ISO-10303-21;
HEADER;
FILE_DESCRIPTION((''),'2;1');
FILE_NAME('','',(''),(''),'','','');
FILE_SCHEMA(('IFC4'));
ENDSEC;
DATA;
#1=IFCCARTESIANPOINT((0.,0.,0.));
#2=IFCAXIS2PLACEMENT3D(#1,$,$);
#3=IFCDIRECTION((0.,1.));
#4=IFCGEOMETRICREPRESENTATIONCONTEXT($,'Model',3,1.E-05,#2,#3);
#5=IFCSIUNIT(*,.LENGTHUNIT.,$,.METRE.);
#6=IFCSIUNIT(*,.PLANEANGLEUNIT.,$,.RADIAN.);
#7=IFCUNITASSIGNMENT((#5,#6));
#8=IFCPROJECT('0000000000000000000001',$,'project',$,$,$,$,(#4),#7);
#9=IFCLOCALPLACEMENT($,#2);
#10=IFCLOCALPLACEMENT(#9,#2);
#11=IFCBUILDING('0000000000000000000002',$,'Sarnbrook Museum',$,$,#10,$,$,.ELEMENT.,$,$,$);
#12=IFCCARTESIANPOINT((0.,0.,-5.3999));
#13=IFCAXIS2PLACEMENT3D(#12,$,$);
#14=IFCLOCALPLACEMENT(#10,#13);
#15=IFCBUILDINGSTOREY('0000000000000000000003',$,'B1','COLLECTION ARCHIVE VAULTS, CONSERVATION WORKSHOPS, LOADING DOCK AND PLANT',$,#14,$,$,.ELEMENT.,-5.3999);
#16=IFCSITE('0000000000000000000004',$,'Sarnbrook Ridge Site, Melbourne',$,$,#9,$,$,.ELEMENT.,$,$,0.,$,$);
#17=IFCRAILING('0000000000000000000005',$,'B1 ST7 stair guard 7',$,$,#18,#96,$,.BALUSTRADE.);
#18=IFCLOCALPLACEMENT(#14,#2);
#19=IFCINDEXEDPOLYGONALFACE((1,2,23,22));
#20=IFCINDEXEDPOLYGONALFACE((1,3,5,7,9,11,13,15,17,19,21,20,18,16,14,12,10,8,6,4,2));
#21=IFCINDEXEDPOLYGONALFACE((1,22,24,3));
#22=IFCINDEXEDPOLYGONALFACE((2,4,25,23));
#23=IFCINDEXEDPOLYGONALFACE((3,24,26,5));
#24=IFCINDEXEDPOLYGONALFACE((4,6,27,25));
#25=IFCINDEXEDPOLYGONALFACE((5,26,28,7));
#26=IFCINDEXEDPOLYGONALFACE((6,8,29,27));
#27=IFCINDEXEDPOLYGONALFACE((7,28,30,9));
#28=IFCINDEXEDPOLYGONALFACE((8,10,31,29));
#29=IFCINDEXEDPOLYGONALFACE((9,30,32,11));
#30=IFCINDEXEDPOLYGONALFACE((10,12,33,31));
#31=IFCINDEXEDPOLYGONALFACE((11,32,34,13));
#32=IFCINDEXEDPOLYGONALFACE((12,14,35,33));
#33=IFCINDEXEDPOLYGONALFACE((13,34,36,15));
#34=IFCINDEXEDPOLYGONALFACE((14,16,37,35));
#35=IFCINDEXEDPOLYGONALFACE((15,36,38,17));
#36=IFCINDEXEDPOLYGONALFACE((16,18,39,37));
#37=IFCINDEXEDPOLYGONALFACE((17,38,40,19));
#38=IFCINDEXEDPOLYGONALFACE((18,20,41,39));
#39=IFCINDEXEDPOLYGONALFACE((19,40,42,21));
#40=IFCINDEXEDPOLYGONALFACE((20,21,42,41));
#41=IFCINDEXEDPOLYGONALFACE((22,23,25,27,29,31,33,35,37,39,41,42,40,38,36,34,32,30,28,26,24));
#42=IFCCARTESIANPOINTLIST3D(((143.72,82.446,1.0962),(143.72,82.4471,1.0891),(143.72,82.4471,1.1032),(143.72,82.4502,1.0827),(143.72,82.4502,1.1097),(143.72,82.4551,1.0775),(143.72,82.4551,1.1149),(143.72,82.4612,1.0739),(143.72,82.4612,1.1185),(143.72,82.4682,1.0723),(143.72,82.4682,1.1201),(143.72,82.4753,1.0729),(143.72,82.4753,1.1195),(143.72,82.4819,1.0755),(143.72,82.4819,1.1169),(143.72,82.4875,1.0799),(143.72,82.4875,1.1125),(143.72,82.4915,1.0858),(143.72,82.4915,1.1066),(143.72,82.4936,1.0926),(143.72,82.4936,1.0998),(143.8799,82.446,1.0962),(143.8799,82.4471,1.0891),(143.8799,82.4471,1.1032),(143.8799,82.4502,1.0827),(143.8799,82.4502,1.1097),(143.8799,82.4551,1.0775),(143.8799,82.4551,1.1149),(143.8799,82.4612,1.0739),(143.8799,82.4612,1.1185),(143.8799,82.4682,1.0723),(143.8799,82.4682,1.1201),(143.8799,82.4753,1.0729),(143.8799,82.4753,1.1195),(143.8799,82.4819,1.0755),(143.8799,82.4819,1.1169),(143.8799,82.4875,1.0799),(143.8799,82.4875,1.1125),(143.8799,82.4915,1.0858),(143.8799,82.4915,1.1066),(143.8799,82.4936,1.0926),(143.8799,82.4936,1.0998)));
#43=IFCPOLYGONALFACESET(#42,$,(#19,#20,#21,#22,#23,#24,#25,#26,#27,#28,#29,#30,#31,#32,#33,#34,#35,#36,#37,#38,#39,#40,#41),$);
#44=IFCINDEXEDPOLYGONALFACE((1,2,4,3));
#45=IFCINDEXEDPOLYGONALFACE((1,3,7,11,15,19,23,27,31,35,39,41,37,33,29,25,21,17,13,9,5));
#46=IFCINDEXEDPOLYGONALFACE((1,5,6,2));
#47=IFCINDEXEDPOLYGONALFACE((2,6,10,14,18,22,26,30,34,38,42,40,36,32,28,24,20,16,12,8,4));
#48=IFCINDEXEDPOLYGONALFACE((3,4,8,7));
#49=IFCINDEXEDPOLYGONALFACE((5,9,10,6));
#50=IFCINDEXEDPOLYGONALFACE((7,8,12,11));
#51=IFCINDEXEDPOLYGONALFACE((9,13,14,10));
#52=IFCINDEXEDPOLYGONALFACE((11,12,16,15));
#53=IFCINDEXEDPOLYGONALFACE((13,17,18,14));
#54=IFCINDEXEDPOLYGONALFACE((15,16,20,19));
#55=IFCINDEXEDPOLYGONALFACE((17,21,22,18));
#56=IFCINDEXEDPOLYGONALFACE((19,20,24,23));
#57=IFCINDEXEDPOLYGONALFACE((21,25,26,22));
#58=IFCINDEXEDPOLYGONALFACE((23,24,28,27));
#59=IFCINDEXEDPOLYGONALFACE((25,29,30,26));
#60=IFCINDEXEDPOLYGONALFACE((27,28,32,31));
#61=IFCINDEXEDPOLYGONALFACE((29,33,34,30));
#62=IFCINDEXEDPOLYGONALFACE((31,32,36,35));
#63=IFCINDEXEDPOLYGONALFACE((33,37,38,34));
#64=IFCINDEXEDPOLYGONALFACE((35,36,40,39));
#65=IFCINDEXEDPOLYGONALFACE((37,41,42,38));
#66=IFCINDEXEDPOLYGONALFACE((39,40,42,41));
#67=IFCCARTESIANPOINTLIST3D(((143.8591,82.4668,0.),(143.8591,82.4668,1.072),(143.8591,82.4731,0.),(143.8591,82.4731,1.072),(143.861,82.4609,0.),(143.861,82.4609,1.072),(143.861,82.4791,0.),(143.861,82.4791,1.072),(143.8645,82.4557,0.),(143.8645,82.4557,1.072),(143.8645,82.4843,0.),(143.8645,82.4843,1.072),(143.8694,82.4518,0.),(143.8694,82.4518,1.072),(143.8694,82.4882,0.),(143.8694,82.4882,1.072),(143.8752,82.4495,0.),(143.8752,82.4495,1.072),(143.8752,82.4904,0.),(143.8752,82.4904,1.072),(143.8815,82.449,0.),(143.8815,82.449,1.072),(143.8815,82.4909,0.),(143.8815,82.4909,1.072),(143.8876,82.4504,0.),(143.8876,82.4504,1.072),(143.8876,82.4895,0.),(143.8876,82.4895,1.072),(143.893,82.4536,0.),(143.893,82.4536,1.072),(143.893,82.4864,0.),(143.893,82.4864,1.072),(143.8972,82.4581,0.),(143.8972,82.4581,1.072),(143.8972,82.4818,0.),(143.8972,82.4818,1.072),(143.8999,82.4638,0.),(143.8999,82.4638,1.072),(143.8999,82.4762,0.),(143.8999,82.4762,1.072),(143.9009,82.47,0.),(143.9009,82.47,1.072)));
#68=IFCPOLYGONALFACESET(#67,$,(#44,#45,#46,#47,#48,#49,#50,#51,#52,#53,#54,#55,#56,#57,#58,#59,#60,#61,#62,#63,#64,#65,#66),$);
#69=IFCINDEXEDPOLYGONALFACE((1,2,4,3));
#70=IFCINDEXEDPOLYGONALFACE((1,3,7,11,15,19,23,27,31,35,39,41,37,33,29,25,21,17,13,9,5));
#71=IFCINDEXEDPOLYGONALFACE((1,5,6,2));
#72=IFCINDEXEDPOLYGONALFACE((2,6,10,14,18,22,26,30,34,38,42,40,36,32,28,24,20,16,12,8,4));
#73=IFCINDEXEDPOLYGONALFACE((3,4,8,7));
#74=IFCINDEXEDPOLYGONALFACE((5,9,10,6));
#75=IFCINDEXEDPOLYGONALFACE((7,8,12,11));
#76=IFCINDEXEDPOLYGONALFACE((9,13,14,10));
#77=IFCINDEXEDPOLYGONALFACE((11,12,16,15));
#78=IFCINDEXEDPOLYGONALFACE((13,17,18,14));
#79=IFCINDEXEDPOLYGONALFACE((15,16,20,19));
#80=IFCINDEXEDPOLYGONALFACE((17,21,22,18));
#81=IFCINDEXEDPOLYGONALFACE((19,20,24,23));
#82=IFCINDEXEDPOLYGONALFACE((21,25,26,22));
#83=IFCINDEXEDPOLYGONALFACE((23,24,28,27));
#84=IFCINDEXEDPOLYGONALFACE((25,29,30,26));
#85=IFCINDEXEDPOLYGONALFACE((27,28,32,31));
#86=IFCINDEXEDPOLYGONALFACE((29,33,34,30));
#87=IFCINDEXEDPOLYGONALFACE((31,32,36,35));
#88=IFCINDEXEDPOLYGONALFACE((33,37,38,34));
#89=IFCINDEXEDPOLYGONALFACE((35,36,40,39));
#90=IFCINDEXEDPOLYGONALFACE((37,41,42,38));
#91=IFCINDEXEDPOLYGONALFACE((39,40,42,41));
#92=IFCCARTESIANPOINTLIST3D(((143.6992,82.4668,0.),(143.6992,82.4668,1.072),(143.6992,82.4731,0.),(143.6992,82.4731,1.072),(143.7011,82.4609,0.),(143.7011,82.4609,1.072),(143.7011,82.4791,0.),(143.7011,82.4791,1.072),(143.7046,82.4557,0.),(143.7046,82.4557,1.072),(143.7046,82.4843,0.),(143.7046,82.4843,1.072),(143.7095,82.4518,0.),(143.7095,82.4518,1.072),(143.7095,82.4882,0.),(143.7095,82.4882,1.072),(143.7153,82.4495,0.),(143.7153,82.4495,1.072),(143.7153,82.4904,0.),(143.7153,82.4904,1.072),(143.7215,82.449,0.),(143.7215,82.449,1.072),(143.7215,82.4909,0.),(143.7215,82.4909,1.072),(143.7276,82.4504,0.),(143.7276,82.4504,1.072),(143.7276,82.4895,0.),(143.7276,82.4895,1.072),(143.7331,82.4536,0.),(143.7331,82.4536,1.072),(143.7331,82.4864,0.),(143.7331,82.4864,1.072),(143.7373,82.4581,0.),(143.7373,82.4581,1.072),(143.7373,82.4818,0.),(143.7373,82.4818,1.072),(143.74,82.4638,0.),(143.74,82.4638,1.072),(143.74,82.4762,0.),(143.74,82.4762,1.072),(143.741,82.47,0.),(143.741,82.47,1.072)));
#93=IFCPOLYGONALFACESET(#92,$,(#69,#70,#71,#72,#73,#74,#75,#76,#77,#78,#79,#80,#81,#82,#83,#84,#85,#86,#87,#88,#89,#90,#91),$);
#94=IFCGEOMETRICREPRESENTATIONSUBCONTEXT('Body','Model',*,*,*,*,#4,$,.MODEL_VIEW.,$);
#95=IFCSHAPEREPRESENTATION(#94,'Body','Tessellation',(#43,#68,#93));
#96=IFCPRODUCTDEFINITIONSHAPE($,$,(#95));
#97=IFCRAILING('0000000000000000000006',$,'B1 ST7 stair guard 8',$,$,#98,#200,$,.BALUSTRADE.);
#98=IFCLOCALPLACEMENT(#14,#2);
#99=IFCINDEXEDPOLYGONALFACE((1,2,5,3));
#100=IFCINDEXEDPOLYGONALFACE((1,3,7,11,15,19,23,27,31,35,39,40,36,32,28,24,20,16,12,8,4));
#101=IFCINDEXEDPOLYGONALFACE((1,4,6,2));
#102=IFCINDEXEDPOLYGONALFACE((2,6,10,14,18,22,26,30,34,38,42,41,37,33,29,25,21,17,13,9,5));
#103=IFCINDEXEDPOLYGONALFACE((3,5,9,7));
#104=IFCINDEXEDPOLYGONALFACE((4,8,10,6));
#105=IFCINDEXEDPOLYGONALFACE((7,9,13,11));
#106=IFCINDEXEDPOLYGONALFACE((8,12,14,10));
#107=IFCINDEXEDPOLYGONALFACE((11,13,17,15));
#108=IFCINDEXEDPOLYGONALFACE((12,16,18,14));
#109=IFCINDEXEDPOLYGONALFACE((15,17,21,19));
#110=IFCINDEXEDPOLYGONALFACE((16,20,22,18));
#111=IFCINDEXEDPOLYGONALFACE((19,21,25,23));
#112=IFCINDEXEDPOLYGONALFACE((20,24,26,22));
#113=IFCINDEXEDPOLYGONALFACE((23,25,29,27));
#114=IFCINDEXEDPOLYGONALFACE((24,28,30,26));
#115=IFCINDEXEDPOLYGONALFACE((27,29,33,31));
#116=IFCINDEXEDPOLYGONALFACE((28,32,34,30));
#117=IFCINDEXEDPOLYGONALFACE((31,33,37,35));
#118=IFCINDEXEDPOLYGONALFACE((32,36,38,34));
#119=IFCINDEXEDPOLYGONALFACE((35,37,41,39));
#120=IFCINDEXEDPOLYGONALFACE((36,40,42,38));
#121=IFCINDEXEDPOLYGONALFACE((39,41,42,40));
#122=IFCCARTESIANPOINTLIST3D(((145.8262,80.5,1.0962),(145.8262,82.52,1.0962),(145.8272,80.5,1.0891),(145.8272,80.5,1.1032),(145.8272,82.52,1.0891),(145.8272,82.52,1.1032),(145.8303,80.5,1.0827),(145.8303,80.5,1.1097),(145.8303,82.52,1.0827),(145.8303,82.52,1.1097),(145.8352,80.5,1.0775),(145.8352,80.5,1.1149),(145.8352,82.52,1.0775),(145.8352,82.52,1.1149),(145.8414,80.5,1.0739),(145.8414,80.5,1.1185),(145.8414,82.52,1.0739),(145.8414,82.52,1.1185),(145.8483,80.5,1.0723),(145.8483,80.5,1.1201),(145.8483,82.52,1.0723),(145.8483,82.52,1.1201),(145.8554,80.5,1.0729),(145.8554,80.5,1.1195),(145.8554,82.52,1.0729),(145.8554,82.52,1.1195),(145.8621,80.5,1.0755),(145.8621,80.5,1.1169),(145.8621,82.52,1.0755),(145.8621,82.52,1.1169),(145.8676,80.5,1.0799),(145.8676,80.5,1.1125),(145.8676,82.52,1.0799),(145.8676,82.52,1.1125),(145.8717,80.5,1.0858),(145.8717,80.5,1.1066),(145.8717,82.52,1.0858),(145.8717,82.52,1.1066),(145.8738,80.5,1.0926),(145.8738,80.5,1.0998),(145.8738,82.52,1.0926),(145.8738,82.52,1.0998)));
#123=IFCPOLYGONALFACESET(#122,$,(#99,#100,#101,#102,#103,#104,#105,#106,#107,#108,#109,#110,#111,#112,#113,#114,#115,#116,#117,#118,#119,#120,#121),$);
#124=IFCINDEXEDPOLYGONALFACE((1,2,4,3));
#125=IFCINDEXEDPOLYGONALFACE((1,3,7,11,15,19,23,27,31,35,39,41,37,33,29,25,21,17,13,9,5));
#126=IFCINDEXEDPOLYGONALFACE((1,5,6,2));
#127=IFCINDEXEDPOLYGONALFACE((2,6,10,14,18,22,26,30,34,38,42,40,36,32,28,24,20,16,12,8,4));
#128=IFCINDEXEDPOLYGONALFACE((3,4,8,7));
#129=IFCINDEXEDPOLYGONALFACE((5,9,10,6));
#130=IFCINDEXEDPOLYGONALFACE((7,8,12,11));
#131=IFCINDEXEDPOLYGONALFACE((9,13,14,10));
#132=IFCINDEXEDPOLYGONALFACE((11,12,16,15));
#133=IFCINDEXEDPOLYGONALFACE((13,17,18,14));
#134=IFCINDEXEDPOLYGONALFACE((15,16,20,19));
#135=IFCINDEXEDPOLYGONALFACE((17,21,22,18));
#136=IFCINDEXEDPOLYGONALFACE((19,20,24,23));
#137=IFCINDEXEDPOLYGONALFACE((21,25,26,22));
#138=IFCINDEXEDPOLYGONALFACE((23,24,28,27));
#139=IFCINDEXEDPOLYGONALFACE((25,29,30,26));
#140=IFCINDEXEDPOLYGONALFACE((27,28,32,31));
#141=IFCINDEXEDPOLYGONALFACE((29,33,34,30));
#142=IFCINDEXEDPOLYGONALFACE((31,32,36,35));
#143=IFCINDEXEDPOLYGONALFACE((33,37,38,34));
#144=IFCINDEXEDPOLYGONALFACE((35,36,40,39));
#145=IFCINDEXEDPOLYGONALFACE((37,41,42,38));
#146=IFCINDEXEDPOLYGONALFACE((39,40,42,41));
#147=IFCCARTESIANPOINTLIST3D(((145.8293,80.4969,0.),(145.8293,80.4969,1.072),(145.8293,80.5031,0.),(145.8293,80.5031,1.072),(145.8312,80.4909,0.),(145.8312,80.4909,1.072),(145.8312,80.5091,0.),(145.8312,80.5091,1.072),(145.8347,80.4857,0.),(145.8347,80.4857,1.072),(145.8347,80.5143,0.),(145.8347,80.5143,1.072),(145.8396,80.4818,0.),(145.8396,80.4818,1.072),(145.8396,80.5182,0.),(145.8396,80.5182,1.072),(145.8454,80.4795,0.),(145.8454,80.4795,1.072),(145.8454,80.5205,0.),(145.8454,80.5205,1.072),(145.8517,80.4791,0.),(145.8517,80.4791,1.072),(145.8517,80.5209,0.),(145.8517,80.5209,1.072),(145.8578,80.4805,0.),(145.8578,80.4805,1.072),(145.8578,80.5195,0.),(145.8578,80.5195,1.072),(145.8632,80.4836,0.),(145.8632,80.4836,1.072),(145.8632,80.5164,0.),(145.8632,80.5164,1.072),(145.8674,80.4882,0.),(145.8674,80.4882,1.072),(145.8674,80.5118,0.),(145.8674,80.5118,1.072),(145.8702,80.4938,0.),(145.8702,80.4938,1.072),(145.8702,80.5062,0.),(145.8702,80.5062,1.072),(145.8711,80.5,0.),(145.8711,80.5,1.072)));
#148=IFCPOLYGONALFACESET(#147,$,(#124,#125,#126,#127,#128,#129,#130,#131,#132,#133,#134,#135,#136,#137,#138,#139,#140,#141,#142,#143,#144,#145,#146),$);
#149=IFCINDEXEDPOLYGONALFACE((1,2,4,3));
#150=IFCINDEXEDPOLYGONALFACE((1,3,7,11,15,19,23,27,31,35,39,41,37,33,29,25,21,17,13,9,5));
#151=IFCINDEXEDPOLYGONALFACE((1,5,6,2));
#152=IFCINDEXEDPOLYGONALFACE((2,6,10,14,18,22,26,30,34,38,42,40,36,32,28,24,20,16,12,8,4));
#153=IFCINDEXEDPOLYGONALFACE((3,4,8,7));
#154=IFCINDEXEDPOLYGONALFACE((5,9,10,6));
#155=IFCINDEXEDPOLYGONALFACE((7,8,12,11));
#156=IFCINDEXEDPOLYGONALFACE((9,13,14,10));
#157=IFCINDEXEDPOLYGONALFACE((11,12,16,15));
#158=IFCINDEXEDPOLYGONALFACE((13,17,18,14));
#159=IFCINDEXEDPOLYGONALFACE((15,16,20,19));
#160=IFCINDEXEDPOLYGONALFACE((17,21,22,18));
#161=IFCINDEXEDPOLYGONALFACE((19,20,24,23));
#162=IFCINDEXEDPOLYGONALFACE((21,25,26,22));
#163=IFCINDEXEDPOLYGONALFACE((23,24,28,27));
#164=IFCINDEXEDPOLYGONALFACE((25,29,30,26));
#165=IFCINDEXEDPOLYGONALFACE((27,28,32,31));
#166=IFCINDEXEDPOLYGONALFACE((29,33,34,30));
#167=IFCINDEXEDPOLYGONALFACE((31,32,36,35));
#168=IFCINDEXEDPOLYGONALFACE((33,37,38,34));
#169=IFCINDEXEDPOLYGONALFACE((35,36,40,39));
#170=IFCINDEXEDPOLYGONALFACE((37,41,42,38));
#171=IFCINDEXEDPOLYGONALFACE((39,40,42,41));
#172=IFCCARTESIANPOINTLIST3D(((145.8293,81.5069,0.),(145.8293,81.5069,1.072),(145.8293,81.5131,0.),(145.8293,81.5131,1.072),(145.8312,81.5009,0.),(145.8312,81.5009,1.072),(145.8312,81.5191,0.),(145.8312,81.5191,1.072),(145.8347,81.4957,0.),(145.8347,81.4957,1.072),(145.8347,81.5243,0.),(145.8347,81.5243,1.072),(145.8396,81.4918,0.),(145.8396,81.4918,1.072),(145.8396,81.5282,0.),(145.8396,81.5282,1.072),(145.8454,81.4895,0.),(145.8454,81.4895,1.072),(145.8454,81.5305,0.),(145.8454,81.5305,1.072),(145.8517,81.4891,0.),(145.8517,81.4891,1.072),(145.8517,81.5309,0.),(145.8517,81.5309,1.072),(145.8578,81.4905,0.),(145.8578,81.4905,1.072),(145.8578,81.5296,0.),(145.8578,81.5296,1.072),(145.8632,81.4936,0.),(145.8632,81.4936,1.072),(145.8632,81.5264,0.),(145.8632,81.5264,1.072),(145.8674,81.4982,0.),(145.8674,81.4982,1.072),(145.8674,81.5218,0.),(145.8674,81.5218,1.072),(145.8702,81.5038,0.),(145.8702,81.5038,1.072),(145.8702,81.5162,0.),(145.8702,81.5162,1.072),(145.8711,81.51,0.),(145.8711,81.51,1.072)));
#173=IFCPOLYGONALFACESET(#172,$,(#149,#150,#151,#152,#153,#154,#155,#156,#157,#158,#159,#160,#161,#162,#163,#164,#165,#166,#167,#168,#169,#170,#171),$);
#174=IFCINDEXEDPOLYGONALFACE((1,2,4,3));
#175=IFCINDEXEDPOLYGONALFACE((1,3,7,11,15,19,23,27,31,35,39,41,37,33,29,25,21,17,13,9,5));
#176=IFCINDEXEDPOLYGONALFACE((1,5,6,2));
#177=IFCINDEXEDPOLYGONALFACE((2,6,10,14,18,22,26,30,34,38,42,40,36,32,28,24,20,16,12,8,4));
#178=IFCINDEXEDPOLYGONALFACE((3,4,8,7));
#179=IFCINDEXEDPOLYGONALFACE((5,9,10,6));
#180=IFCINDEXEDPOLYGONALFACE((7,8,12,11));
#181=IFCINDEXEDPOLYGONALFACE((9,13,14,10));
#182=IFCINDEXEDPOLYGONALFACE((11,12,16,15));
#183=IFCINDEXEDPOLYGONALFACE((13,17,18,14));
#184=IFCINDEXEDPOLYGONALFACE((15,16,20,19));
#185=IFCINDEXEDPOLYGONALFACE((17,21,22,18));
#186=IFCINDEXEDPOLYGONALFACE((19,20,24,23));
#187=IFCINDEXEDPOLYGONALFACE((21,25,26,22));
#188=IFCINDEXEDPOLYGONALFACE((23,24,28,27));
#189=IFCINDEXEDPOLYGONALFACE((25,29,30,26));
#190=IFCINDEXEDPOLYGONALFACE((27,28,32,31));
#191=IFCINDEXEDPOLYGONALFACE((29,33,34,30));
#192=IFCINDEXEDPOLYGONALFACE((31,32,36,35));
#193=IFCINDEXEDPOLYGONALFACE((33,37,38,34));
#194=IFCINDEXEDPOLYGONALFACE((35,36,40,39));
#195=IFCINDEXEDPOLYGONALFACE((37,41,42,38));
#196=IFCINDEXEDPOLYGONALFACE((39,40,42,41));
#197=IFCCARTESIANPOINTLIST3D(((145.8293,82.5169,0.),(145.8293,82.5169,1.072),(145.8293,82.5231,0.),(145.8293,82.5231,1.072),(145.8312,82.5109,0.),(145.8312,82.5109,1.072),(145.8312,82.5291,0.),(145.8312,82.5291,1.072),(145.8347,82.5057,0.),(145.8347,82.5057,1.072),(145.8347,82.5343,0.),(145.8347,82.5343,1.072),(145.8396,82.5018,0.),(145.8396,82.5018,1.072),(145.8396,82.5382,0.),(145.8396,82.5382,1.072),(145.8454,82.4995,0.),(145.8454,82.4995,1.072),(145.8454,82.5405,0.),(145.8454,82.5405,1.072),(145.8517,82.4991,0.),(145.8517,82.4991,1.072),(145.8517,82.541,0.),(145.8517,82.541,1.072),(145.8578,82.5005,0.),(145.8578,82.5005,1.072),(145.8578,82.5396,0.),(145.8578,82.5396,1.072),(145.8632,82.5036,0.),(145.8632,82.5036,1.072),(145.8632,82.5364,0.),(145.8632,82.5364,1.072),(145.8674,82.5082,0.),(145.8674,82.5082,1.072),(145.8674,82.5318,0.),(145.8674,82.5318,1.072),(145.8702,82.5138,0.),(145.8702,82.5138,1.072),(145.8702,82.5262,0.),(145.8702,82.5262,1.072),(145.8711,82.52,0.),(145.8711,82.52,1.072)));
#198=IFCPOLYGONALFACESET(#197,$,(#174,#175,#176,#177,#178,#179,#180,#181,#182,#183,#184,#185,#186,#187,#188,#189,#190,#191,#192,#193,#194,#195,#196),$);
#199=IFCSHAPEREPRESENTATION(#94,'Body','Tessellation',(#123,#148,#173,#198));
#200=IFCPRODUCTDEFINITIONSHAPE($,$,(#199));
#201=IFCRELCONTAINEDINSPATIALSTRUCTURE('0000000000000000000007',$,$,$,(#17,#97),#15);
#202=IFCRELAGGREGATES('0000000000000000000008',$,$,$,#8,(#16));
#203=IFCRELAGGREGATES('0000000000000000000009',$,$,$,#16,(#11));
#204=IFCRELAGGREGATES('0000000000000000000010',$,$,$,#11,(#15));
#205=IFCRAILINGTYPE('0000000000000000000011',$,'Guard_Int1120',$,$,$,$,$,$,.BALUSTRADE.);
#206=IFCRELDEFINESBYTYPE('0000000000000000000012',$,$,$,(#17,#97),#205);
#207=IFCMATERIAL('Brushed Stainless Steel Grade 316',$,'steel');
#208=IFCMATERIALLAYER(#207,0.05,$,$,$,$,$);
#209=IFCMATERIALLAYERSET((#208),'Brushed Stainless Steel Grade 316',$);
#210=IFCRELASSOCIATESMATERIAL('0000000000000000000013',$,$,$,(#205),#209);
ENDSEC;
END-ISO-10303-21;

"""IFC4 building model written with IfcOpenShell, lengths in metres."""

from ifc_helpers import new_model, si_unit, direction, frame, origin, origin_2d, place, context, subcontext, project, spatial, circle, extrude, material, layer, layer_set, type_object, element, save


model = new_model("IFC4")

# Units and contexts
model_context = context("Model", 3, precision=1e-05, world=origin(), true_north=direction((0.0, 1.0)))
body_context = subcontext(model_context, "Body", "Model", "MODEL_VIEW")
ifc_project = project(units=[si_unit("LENGTHUNIT", "METRE"), si_unit("PLANEANGLEUNIT", "RADIAN")], contexts=[model_context])

# Site, building, storey
site_placement = place(None, origin())
site = spatial("IfcSite", under=ifc_project, at=site_placement, Name="Sarnbrook Ridge Site, Melbourne", CompositionType="ELEMENT", RefElevation=0.0)
building_placement = place(site_placement, origin())
building = spatial("IfcBuilding", under=site, at=building_placement, Name="Sarnbrook Museum", CompositionType="ELEMENT")
storey_placement = place(building_placement, frame((0.0, 0.0, -5.3999)))
storey = spatial("IfcBuildingStorey", under=building, at=storey_placement, Name="B1", Description="COLLECTION ARCHIVE VAULTS, CONSERVATION WORKSHOPS, LOADING DOCK AND PLANT", CompositionType="ELEMENT", Elevation=-5.3999)

# Railings
ifc_material_1 = material(Name="Brushed Stainless Steel Grade 316", Category="steel")
ifc_layer_1 = layer(ifc_material_1, 0.05)
ifc_layer_set_1 = layer_set([ifc_layer_1], Name="Brushed Stainless Steel Grade 316")
railing_type_1 = type_object("IfcRailingType", Name="Guard_Int1120", PredefinedType="BALUSTRADE", material=ifc_layer_set_1)
railing_1_placement = place(storey_placement, frame((143.8799, 82.47, 0.0)))
element("IfcRailing", 1, at=railing_1_placement, inside=storey, type_object=railing_type_1, Name="B1 ST7 stair guard 7", PredefinedType="BALUSTRADE", context=body_context, shape_type="SweptSolid", body=[
    extrude(circle(Radius=0.0239, at=origin_2d()), frame((0.0, 0.0, 1.0962), z_axis=(-1.0, 0.0, 0.0), x_axis=(0.0, -1.0, 0.0)), (0.0, 0.0, 1.0), 0.1599),
    extrude(circle(Radius=0.021, at=origin_2d()), origin(), (0.0, 0.0, 1.0), 1.072),
    extrude(circle(Radius=0.021, at=origin_2d()), frame((-0.1599, 0.0, 0.0)), (0.0, 0.0, 1.0), 1.072),
])
for number, where, name in (
    (2, (145.8501, 80.5, 0.0), "B1 ST7 stair guard 8"),
):
    element("IfcRailing", number, at=place(storey_placement, frame(where)), inside=storey, type_object=railing_type_1, Name=name, PredefinedType="BALUSTRADE", context=body_context, shape_type="SweptSolid", body=[
        extrude(circle(Radius=0.0239, at=origin_2d()), frame((0.0, 0.0, 1.0962), z_axis=(0.0, 1.0, 0.0), x_axis=(-1.0, 0.0, 0.0)), (0.0, 0.0, 1.0), 2.02),
        extrude(circle(Radius=0.021, at=origin_2d()), origin(), (0.0, 0.0, 1.0), 1.072),
        extrude(circle(Radius=0.021, at=origin_2d()), frame((0.0, 1.01, 0.0)), (0.0, 0.0, 1.0), 1.072),
        extrude(circle(Radius=0.021, at=origin_2d()), frame((0.0, 2.02, 0.0)), (0.0, 0.0, 1.0), 1.072),
    ])

save(model, "model.ifc")
